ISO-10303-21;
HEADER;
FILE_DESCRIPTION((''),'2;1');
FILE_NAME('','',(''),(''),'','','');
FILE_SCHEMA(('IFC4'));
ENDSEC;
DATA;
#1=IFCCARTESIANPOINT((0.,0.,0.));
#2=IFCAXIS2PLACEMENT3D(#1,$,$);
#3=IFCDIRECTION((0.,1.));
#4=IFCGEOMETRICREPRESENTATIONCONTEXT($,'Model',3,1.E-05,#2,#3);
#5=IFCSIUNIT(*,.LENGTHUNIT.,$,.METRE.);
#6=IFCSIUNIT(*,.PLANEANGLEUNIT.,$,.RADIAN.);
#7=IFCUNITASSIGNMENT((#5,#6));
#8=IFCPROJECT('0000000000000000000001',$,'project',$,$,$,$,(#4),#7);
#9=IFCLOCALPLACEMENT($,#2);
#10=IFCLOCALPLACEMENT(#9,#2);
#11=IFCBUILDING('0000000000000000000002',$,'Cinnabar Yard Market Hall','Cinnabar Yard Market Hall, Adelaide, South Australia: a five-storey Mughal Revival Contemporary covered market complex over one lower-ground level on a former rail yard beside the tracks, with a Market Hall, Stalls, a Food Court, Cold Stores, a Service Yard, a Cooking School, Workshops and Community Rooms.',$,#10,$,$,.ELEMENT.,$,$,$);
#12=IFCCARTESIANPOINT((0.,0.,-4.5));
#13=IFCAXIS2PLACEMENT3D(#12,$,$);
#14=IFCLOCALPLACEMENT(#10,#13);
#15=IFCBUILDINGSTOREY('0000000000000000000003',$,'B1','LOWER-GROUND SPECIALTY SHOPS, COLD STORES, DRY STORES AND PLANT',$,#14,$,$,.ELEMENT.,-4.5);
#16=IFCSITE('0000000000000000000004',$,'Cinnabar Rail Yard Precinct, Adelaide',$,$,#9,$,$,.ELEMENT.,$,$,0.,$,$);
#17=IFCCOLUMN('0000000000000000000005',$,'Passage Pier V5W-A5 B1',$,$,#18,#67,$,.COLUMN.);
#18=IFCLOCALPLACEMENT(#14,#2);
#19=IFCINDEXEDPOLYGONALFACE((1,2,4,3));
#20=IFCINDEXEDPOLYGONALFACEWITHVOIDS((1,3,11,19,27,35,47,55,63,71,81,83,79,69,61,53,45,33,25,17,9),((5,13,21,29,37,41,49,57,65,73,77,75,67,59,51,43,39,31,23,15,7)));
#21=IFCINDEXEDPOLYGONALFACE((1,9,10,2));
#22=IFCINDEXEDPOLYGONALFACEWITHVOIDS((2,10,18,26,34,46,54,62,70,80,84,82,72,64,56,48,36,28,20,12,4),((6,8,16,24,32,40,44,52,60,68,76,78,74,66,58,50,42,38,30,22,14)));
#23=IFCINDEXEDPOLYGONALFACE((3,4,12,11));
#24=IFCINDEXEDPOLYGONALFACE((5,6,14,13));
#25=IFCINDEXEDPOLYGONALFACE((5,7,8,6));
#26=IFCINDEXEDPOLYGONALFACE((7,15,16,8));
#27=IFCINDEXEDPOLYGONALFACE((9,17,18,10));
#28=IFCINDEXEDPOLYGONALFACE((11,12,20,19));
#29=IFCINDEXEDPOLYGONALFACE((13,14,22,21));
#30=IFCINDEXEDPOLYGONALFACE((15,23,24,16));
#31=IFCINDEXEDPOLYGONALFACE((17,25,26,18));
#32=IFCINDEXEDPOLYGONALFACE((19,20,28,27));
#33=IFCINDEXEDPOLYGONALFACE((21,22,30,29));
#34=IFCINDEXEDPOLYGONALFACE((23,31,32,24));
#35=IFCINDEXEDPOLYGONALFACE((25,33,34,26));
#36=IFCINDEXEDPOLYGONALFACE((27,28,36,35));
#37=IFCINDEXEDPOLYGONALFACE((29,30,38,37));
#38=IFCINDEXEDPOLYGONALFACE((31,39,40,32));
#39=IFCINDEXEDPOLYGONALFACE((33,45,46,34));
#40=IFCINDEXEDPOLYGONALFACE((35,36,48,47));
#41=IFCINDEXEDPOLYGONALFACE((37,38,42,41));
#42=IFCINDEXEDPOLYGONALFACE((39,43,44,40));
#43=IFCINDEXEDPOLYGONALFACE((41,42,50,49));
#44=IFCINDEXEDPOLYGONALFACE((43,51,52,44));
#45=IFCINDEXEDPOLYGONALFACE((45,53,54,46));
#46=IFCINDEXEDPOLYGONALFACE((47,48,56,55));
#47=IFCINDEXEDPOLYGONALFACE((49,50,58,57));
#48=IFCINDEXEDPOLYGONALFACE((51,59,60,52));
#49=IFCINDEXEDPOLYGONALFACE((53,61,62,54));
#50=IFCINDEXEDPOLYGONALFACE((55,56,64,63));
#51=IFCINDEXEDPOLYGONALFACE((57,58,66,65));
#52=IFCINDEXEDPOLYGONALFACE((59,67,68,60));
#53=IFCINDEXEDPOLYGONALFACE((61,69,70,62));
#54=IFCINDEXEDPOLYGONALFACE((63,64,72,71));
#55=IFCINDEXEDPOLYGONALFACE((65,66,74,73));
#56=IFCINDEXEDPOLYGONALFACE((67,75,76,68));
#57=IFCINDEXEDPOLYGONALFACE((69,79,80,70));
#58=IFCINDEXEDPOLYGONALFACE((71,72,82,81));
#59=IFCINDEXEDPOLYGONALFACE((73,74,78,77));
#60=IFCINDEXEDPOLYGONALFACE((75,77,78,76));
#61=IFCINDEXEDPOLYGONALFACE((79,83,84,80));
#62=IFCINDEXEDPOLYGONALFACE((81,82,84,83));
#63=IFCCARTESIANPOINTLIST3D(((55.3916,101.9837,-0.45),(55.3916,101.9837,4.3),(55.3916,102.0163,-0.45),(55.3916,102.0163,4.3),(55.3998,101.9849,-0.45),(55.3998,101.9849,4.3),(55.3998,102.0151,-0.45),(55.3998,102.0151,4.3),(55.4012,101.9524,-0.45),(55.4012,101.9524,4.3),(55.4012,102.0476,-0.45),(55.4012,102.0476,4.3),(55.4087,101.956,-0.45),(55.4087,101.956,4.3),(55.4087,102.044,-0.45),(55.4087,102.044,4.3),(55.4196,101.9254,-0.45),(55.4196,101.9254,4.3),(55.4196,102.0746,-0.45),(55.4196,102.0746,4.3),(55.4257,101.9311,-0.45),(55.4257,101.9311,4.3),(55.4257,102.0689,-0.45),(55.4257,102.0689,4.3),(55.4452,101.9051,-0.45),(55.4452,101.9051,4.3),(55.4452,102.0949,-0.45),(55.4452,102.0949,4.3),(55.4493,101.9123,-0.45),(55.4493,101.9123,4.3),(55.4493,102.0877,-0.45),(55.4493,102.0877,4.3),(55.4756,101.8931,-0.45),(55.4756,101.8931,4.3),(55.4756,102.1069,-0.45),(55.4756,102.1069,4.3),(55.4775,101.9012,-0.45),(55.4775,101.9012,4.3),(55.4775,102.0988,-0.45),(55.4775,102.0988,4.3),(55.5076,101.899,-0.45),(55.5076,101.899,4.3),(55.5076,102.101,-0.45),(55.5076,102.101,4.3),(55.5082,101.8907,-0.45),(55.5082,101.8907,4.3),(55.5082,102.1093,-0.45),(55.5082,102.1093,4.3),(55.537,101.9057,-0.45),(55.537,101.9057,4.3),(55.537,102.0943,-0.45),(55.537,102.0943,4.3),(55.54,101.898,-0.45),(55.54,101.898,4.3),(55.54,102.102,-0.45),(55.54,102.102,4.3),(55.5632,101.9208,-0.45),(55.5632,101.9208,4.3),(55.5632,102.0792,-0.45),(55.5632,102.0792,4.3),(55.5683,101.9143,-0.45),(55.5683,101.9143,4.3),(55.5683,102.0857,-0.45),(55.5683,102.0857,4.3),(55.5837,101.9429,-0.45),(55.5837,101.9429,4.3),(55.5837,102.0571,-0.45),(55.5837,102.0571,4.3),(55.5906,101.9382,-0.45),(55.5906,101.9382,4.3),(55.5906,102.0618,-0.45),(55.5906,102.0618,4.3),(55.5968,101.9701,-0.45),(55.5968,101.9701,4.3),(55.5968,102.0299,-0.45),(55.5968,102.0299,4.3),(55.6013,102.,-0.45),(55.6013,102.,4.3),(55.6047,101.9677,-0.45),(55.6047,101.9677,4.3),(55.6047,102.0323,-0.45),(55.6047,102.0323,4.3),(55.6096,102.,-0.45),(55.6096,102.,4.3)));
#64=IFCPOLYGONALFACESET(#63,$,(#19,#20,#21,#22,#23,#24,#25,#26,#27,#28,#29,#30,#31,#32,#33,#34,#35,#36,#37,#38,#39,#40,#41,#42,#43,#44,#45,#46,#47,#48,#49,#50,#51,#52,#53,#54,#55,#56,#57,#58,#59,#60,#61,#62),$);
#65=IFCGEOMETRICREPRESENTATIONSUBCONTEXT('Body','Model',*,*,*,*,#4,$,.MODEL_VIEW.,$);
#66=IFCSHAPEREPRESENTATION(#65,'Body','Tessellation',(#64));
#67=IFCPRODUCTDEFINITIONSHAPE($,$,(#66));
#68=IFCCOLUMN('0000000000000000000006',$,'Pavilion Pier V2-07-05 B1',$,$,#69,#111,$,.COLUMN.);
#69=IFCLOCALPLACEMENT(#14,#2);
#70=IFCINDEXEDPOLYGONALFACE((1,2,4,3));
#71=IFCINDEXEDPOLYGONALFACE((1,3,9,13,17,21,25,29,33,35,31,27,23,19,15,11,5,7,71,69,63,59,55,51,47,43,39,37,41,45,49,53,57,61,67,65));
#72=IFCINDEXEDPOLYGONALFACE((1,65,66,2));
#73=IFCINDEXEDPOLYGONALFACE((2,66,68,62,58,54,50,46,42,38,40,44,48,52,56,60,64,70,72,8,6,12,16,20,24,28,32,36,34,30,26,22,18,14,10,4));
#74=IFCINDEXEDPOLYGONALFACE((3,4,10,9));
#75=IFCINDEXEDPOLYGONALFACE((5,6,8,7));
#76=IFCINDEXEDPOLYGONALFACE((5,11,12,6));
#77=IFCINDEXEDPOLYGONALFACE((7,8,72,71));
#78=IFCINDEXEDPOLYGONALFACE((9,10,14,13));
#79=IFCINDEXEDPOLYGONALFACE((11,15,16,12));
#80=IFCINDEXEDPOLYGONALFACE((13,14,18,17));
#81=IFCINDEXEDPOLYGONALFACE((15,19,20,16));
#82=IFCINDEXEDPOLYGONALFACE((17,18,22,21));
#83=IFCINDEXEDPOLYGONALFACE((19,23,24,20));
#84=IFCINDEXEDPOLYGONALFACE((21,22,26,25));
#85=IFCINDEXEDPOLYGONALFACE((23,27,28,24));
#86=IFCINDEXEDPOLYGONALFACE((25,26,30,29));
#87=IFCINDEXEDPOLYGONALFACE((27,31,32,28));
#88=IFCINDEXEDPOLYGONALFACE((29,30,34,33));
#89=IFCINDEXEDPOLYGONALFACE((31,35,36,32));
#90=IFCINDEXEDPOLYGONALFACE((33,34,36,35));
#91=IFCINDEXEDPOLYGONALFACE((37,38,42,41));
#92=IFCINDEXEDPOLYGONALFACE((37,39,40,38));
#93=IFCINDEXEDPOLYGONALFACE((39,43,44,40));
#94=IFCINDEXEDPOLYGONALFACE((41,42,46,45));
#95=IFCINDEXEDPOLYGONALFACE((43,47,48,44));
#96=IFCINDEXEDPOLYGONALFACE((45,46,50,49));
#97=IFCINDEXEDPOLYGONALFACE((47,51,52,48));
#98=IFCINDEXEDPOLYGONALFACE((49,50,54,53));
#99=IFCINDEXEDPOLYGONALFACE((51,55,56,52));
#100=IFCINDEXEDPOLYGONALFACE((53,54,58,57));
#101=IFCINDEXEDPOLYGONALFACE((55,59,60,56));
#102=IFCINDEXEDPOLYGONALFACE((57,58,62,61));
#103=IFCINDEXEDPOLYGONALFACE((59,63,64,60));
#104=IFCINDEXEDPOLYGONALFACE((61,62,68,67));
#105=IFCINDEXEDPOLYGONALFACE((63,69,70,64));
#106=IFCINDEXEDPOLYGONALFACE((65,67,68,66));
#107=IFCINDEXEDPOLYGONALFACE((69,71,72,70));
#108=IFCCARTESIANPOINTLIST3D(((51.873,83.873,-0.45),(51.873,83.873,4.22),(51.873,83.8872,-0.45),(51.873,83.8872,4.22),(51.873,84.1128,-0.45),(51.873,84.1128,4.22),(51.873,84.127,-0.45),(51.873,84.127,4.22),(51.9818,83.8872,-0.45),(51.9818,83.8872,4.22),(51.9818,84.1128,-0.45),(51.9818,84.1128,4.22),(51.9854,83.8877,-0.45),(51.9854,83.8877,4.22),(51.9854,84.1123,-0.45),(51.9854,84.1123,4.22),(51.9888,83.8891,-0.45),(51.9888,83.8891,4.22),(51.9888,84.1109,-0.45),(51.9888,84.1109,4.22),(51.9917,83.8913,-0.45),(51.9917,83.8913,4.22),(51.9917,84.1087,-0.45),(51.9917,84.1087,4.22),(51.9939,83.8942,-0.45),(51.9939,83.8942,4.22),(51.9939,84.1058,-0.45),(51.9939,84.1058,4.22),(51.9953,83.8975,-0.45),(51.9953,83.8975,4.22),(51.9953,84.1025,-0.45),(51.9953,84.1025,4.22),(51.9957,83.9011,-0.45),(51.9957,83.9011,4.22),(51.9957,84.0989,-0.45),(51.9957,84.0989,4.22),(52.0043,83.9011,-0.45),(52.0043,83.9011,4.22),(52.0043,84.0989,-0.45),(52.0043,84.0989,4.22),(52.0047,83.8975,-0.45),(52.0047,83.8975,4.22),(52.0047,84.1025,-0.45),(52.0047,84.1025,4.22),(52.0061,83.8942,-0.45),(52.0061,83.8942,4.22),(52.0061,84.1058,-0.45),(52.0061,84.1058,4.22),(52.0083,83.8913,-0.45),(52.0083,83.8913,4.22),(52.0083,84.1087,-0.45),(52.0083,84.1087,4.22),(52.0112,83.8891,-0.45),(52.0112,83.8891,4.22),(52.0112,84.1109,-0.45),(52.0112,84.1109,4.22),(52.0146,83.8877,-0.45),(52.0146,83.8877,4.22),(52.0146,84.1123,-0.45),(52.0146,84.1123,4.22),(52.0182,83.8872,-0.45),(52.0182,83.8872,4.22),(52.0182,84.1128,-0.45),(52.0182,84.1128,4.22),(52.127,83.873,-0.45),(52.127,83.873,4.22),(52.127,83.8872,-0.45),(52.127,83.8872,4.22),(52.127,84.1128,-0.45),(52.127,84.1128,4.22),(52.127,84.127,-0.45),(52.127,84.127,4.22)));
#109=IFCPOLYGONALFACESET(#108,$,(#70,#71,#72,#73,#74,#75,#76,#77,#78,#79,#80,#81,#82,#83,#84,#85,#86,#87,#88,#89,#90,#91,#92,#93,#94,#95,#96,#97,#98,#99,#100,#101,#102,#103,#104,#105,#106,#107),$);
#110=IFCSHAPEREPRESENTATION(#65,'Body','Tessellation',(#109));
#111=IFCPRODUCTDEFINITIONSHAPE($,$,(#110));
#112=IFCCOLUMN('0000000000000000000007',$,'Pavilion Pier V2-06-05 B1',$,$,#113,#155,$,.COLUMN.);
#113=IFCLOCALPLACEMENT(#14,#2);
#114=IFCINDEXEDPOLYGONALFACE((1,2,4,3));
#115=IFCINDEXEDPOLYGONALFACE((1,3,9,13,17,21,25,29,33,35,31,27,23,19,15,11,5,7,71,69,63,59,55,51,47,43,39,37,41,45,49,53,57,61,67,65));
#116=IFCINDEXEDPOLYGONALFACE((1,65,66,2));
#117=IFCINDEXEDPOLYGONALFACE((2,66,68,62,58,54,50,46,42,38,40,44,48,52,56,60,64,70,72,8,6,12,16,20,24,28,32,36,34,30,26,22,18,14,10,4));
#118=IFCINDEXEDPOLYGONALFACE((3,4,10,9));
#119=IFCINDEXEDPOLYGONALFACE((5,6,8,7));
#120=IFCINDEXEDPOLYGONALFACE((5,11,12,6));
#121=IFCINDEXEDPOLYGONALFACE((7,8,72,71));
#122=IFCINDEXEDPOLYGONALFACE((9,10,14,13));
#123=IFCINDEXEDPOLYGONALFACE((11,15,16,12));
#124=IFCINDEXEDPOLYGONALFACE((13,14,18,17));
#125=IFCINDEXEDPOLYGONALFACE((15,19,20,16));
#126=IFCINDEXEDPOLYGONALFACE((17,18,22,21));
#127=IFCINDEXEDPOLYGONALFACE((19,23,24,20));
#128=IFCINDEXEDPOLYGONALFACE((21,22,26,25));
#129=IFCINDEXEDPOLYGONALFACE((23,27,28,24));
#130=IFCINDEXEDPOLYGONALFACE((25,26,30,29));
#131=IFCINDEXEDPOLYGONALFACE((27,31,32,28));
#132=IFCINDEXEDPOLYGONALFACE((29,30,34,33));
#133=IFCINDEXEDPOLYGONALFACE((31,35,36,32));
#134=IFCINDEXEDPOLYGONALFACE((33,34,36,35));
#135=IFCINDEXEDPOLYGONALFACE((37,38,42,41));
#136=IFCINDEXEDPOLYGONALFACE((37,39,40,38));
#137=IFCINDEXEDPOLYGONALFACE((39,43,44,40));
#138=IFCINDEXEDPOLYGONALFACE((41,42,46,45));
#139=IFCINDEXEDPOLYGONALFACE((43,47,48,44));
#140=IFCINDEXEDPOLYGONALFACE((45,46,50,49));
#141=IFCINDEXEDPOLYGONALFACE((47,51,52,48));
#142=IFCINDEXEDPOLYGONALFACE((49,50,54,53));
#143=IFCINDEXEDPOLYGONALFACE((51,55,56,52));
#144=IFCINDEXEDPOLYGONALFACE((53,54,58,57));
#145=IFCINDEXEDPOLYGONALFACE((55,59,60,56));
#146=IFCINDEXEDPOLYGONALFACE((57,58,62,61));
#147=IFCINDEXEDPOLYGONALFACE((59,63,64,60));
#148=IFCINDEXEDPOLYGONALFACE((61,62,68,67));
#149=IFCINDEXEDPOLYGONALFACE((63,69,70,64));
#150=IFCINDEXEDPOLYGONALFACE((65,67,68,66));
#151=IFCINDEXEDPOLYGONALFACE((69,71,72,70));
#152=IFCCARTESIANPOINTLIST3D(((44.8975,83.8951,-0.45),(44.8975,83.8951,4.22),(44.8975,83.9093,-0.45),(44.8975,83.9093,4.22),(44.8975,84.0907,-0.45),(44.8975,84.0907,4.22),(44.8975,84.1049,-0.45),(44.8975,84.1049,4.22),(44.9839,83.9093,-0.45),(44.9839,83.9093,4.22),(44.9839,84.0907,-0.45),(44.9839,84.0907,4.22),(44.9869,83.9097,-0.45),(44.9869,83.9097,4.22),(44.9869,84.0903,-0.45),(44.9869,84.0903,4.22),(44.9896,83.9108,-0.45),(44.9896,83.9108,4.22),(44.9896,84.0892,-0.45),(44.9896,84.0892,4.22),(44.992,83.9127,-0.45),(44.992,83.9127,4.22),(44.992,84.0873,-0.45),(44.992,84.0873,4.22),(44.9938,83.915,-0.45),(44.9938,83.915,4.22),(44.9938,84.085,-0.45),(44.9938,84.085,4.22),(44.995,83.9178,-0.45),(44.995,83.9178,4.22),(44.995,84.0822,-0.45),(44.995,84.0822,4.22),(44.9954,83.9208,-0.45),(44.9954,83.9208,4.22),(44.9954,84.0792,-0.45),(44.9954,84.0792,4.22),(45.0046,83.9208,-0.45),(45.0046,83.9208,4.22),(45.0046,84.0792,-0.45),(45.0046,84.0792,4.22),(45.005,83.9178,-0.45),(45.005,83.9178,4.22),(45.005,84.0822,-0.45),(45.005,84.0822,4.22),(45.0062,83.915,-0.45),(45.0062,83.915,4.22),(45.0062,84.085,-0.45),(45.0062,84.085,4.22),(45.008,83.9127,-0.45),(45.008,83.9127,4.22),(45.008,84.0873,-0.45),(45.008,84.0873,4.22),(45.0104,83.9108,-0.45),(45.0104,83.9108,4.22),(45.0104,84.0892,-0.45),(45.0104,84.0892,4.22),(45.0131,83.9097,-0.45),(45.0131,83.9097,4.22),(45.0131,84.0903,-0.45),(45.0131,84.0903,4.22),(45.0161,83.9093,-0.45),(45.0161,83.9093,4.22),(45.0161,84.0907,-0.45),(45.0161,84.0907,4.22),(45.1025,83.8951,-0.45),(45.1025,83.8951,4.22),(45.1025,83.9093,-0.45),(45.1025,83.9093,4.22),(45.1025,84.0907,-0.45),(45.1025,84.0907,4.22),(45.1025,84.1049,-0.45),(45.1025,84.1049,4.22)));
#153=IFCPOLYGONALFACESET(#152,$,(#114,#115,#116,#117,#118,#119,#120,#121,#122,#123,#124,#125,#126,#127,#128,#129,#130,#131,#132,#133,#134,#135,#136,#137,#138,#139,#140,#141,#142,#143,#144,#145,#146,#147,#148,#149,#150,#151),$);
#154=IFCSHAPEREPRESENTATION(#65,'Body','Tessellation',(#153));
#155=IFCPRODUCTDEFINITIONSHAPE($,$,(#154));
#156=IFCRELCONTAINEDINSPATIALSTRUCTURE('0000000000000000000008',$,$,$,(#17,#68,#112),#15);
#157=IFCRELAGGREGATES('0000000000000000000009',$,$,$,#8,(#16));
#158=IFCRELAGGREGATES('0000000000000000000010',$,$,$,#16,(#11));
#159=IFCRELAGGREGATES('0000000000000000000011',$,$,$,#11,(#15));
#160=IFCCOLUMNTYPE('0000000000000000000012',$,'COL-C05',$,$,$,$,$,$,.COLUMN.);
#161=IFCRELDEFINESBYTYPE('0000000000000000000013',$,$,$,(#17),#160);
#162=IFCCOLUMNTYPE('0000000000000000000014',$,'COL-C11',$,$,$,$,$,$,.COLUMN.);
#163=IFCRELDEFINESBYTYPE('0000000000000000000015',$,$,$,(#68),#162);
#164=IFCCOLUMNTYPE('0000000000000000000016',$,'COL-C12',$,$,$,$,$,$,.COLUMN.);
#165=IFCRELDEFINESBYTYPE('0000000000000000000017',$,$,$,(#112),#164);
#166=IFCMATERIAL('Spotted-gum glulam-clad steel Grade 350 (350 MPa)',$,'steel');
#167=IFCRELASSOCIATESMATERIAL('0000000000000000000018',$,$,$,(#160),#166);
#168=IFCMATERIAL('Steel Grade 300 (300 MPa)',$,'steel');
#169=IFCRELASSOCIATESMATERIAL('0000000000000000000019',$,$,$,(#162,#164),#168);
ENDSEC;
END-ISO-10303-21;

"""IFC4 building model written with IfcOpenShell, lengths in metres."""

from ifc_helpers import new_model, si_unit, direction, frame, origin, origin_2d_with_axis, place, context, subcontext, project, spatial, hollow_circle, i_section, extrude, material, material_profile, profile_set, type_object, element, save


model = new_model("IFC4")

# Units and contexts
model_context = context("Model", 3, precision=1e-05, world=origin(), true_north=direction((0.0, 1.0)))
body_context = subcontext(model_context, "Body", "Model", "MODEL_VIEW")
ifc_project = project(units=[si_unit("LENGTHUNIT", "METRE"), si_unit("PLANEANGLEUNIT", "RADIAN")], contexts=[model_context])

# Site, building, storey
site_placement = place(None, origin())
site = spatial("IfcSite", under=ifc_project, at=site_placement, Name="Cinnabar Rail Yard Precinct, Adelaide", CompositionType="ELEMENT", RefElevation=0.0)
building_placement = place(site_placement, origin())
building = spatial("IfcBuilding", under=site, at=building_placement, Name="Cinnabar Yard Market Hall", Description="Cinnabar Yard Market Hall, Adelaide, South Australia: a five-storey Mughal Revival Contemporary covered market complex over one lower-ground level on a former rail yard beside the tracks, with a Market Hall, Stalls, a Food Court, Cold Stores, a Service Yard, a Cooking School, Workshops and Community Rooms.", CompositionType="ELEMENT")
storey_placement = place(building_placement, frame((0.0, 0.0, -4.5)))
storey = spatial("IfcBuildingStorey", under=building, at=storey_placement, Name="B1", Description="LOWER-GROUND SPECIALTY SHOPS, COLD STORES, DRY STORES AND PLANT", CompositionType="ELEMENT", Elevation=-4.5)

# Columns
ifc_material_1 = material(Name="Spotted-gum glulam-clad steel Grade 350 (350 MPa)", Category="steel")
ifc_material_profile_1 = material_profile(ifc_material_1, hollow_circle(Radius=0.1096, WallThickness=0.0083, at=origin_2d_with_axis()), Name="219.1x8.2CHS")
ifc_profile_set_1 = profile_set([ifc_material_profile_1], Name="Spotted-gum glulam-clad steel Grade 350 (350 MPa)")
column_type_1 = type_object("IfcColumnType", Name="COL-C05", PredefinedType="COLUMN", material=ifc_profile_set_1)
for number, where, z_axis, x_axis, name in (
    (1, (55.5, 102.0, -0.45), (0.0, 0.0, 1.0), (1.0, 0.0, 0.0), "Passage Pier V5W-A5 B1"),
):
    element("IfcColumn", number, at=place(storey_placement, frame(where, z_axis=z_axis, x_axis=x_axis)), inside=storey, type_object=column_type_1, Name=name, PredefinedType="COLUMN", context=body_context, shape_type="SweptSolid", body=[
        extrude(hollow_circle(Radius=0.1096, WallThickness=0.0083, at=origin_2d_with_axis()), origin(), (0.0, 0.0, 1.0), 4.75),
    ])
ifc_material_2 = material(Name="Steel Grade 300 (300 MPa)", Category="steel")
ifc_material_profile_2 = material_profile(ifc_material_2, i_section(OverallWidth=0.2539, OverallDepth=0.2539, WebThickness=0.0085, FlangeThickness=0.0142, FilletRadius=0.0139, at=origin_2d_with_axis()), Name="250UC72.9")
ifc_profile_set_2 = profile_set([ifc_material_profile_2], Name="Steel Grade 300 (300 MPa)")
column_type_2 = type_object("IfcColumnType", Name="COL-C11", PredefinedType="COLUMN", material=ifc_profile_set_2)
column_1_placement = place(storey_placement, frame((52.0, 84.0, -0.45), z_axis=(0.0, 0.0, 1.0), x_axis=(1.0, 0.0, 0.0)))
element("IfcColumn", 2, at=column_1_placement, inside=storey, type_object=column_type_2, Name="Pavilion Pier V2-07-05 B1", PredefinedType="COLUMN", context=body_context, shape_type="SweptSolid", body=[
    extrude(i_section(OverallWidth=0.2539, OverallDepth=0.2539, WebThickness=0.0085, FlangeThickness=0.0142, FilletRadius=0.0139, at=origin_2d_with_axis()), origin(), (0.0, 0.0, 1.0), 4.6699),
])
ifc_material_profile_3 = material_profile(ifc_material_2, i_section(OverallWidth=0.2051, OverallDepth=0.2097, WebThickness=0.0093, FlangeThickness=0.0142, FilletRadius=0.0115, at=origin_2d_with_axis()), Name="200UC59.5")
ifc_profile_set_3 = profile_set([ifc_material_profile_3], Name="Steel Grade 300 (300 MPa)")
column_type_3 = type_object("IfcColumnType", Name="COL-C12", PredefinedType="COLUMN", material=ifc_profile_set_3)
column_2_placement = place(storey_placement, frame((45.0, 84.0, -0.45), z_axis=(0.0, 0.0, 1.0), x_axis=(1.0, 0.0, 0.0)))
element("IfcColumn", 3, at=column_2_placement, inside=storey, type_object=column_type_3, Name="Pavilion Pier V2-06-05 B1", PredefinedType="COLUMN", context=body_context, shape_type="SweptSolid", body=[
    extrude(i_section(OverallWidth=0.2051, OverallDepth=0.2097, WebThickness=0.0093, FlangeThickness=0.0142, FilletRadius=0.0115, at=origin_2d_with_axis()), origin(), (0.0, 0.0, 1.0), 4.6699),
])

save(model, "model.ifc")
